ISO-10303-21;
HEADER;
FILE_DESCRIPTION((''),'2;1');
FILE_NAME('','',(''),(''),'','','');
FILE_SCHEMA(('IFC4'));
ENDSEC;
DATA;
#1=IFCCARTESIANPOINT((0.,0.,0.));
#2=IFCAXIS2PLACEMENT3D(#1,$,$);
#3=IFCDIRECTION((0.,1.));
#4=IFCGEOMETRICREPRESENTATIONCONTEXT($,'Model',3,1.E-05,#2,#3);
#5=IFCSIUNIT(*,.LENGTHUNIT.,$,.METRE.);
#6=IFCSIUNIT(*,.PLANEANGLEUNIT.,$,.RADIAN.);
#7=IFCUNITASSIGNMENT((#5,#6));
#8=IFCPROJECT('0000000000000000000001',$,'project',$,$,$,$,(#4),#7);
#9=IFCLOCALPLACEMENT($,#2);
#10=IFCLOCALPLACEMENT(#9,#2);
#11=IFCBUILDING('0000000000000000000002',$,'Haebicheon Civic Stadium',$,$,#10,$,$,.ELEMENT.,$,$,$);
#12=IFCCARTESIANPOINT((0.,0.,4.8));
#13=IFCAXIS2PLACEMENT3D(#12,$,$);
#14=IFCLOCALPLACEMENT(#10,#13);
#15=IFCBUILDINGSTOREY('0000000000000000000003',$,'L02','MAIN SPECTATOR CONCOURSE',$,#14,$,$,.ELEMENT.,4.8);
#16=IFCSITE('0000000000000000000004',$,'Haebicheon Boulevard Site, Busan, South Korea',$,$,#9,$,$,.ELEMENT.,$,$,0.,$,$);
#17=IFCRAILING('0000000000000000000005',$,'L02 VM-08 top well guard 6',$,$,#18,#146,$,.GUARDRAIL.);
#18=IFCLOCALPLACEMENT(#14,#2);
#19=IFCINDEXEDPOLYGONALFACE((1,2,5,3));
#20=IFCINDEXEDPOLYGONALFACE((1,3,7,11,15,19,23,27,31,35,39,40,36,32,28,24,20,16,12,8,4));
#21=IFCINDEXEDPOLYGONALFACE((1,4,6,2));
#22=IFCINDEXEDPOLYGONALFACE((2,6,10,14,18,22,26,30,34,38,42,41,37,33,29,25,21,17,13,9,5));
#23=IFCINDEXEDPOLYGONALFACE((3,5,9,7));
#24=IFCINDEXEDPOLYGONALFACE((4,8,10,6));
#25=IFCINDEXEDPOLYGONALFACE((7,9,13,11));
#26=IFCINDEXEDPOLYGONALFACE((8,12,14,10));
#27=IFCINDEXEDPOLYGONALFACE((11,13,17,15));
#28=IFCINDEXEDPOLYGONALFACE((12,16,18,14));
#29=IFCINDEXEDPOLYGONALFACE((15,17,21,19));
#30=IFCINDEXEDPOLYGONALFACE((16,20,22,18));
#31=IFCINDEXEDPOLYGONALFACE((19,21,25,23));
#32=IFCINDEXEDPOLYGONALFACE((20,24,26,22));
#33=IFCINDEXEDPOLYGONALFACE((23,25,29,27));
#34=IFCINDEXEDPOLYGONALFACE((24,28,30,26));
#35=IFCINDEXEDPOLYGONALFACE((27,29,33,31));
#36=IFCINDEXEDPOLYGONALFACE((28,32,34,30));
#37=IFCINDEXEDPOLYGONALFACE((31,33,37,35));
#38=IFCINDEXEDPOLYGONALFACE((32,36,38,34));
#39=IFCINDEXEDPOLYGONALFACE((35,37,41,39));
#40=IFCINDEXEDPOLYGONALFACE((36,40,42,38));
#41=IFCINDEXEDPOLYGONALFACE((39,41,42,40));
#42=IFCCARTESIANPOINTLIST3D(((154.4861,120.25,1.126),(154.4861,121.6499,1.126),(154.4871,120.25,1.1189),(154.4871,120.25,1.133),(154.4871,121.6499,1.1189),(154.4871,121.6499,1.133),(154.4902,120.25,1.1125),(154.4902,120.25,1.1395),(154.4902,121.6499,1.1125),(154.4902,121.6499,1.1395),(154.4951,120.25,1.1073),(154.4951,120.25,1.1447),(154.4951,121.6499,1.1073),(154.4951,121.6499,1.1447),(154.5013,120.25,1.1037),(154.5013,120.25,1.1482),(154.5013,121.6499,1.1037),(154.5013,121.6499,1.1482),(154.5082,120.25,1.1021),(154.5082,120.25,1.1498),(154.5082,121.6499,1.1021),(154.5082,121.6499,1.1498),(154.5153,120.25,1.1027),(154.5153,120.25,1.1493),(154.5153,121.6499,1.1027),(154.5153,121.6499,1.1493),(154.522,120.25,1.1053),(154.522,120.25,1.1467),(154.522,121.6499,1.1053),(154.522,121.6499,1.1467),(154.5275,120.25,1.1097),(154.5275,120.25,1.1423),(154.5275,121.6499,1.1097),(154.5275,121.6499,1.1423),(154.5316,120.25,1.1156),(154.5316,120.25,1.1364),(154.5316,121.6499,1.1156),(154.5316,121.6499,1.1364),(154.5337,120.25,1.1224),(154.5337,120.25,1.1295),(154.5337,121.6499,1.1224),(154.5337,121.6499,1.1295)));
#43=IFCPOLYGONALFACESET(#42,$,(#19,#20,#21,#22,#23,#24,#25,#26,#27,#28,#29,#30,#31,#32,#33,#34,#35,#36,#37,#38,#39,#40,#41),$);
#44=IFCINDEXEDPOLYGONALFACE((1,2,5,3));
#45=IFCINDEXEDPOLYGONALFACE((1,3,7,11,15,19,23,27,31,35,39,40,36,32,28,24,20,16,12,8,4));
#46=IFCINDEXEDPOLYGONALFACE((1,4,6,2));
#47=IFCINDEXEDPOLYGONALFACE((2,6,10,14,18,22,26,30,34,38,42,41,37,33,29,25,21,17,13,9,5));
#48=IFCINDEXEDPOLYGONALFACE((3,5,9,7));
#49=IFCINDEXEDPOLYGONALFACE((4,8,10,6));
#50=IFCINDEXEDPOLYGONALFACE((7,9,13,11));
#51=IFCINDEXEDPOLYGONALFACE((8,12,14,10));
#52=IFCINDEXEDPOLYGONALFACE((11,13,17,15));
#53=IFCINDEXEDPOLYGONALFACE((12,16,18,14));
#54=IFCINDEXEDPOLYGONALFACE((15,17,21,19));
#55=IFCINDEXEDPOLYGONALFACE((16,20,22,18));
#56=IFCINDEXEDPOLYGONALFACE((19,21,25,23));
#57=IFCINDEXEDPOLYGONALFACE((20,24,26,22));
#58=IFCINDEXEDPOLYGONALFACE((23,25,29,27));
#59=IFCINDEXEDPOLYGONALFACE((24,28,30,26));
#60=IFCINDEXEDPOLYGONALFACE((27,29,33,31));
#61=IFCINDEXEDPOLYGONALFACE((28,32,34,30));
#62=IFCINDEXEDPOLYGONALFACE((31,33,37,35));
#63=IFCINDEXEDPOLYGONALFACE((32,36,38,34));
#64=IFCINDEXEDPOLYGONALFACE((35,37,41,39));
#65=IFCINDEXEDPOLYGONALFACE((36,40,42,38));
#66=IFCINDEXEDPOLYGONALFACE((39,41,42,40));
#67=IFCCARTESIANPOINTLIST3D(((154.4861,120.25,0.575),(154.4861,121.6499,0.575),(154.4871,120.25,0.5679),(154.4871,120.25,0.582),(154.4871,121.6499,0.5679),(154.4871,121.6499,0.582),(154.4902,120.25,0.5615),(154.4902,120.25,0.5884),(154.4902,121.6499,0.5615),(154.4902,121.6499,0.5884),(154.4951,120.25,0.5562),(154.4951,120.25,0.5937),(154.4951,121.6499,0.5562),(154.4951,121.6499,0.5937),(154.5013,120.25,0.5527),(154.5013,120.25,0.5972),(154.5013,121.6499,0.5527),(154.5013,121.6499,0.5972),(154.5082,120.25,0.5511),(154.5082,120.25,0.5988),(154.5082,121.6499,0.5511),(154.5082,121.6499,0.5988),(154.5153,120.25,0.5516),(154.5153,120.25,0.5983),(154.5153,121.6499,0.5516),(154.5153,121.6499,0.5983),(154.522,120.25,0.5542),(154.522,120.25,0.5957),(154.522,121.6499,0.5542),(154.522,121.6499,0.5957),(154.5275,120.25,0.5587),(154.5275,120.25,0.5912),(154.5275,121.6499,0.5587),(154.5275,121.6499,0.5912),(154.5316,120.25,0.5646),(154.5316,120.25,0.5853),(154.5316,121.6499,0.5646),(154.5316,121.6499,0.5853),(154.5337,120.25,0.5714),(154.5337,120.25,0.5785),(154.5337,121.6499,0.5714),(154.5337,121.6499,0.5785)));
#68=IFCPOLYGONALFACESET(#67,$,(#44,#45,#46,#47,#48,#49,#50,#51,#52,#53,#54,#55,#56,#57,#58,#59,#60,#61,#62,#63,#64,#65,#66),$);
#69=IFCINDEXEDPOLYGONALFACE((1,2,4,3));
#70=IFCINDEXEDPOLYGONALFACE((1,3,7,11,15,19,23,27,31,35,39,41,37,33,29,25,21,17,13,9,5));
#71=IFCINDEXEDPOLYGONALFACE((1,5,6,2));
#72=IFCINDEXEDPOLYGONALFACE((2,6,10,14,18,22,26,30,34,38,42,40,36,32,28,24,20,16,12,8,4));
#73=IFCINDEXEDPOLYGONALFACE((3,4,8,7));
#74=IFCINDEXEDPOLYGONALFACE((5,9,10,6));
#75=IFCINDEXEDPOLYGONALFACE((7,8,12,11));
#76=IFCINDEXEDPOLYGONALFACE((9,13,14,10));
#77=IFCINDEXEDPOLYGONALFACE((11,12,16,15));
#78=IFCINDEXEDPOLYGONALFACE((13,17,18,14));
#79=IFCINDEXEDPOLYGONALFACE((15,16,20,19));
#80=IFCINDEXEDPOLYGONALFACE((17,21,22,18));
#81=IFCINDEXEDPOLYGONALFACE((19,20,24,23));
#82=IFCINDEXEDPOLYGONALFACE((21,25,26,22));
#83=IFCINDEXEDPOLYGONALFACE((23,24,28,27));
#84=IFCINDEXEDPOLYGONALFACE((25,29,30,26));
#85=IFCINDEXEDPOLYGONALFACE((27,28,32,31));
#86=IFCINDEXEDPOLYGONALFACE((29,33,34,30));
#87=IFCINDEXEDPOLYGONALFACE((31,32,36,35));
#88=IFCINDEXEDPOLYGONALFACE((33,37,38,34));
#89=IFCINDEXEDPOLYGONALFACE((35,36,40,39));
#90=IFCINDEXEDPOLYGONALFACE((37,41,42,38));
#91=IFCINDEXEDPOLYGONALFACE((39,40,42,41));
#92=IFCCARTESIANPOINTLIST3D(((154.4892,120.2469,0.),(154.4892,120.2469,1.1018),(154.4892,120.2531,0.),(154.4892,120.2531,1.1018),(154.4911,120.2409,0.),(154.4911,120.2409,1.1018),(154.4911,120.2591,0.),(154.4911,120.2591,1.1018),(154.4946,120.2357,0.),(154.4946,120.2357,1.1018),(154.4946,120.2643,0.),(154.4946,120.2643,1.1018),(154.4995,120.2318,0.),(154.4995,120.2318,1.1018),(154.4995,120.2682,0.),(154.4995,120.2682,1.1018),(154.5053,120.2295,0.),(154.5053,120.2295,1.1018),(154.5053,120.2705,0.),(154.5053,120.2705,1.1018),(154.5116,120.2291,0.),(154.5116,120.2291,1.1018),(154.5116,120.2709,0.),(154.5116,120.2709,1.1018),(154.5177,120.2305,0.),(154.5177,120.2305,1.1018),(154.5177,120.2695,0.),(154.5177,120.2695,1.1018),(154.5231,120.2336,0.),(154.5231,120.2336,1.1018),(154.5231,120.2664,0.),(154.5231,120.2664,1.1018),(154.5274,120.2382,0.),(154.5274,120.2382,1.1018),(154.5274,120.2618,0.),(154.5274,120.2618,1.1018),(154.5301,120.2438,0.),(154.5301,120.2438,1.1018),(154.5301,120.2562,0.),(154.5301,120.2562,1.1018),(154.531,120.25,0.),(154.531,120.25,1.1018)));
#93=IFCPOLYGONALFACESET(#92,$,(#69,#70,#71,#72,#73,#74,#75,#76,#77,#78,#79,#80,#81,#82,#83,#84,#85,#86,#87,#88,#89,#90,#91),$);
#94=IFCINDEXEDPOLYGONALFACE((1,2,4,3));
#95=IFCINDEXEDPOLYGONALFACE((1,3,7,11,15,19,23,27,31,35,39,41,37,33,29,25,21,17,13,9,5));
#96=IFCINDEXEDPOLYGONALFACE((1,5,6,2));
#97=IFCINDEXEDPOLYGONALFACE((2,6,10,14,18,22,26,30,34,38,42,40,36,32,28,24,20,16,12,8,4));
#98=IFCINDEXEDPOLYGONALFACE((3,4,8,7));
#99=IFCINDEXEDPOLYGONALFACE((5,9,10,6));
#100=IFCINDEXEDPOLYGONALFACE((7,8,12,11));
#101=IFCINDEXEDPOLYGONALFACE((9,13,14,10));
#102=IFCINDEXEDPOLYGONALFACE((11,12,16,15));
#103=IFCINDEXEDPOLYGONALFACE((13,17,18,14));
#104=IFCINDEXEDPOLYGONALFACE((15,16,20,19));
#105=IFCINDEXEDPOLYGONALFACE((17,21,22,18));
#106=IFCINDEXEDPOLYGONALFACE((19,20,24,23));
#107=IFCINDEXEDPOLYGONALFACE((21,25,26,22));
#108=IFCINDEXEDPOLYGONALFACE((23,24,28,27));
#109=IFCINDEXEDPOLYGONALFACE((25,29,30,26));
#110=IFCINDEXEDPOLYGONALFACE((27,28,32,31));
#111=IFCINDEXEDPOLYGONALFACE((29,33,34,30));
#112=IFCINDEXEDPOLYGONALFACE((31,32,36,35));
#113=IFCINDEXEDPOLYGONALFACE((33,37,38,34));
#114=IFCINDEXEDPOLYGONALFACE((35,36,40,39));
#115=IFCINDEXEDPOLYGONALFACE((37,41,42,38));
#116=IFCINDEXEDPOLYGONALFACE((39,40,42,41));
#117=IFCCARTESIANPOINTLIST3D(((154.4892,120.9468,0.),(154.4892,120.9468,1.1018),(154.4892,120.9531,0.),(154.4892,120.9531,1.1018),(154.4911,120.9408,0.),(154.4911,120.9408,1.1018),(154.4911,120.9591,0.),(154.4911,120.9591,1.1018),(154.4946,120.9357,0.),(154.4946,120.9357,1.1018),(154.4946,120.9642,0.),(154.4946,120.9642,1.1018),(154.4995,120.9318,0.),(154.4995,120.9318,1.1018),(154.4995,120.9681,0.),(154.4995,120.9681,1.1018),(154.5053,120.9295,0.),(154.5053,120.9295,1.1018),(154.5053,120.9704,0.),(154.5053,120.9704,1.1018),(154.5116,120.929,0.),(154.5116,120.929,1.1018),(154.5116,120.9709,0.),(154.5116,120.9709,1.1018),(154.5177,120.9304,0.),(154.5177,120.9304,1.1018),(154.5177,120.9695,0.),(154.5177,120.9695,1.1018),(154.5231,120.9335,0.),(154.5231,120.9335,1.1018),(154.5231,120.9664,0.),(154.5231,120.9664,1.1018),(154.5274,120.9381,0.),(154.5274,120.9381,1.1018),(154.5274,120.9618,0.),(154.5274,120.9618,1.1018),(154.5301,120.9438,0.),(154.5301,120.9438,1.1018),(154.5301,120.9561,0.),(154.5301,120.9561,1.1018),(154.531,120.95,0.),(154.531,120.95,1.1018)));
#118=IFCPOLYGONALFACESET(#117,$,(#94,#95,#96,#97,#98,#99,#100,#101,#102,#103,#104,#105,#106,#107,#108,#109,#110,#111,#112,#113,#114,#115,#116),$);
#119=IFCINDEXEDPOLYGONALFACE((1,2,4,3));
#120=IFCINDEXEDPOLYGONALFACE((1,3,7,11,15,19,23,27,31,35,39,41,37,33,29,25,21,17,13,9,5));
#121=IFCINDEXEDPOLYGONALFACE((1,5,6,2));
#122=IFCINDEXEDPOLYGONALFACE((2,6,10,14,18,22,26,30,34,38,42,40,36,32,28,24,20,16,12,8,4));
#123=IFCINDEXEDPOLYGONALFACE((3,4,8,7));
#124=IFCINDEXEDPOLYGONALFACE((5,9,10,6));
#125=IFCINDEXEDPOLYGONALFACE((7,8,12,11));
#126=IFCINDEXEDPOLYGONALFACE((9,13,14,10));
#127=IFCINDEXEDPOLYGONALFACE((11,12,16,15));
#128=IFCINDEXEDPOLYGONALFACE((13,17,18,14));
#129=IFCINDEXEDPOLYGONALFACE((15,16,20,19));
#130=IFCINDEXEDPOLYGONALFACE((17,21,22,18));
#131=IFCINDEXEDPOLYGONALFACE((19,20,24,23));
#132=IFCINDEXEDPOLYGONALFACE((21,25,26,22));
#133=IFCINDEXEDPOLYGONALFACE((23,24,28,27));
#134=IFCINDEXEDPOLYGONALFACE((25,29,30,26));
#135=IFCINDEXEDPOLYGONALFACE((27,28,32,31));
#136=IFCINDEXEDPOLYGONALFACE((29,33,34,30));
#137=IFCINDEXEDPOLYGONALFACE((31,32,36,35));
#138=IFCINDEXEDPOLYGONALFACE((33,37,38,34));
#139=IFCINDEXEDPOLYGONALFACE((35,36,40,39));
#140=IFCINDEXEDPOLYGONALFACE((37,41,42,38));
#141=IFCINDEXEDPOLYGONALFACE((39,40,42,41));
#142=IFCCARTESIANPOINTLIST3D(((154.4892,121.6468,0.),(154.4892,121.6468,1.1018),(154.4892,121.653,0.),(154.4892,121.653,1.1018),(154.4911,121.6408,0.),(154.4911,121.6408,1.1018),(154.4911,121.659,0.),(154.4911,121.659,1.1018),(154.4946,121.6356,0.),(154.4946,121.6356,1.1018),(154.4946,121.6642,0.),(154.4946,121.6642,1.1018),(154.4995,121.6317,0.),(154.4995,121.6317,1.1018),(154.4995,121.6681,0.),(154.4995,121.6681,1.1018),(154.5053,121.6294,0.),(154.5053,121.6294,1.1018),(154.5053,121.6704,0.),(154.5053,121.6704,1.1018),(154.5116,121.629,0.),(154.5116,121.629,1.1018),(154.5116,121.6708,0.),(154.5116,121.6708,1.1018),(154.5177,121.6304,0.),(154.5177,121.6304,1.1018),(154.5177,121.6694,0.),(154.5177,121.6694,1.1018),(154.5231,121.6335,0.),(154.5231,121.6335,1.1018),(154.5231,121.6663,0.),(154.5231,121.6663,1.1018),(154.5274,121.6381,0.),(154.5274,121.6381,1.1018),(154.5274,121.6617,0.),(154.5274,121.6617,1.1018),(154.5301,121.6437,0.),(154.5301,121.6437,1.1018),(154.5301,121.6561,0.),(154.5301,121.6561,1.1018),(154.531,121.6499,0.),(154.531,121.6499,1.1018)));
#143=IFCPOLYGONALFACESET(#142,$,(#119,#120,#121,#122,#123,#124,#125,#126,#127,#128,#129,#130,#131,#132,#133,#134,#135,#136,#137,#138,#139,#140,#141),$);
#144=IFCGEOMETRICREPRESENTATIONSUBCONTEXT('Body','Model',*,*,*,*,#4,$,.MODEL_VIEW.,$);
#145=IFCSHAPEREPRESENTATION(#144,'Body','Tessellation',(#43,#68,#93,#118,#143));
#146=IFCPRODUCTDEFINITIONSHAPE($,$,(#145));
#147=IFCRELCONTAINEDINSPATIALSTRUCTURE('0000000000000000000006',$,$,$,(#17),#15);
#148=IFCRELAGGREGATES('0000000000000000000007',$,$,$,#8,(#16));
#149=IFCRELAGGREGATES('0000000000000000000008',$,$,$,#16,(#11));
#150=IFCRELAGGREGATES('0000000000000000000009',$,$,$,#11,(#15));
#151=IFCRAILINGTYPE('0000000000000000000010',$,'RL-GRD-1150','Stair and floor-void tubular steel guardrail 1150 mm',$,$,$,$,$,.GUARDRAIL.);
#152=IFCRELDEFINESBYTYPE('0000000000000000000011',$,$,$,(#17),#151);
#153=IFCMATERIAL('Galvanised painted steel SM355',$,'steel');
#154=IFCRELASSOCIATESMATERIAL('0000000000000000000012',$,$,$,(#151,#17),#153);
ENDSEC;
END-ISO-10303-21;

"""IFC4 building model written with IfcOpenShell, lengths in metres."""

from ifc_helpers import new_model, si_unit, direction, frame, origin, origin_2d, place, context, subcontext, project, spatial, circle, extrude, material, type_object, element, save


model = new_model("IFC4")

# Units and contexts
model_context = context("Model", 3, precision=1e-05, world=origin(), true_north=direction((0.0, 1.0)))
body_context = subcontext(model_context, "Body", "Model", "MODEL_VIEW")
ifc_project = project(units=[si_unit("LENGTHUNIT", "METRE"), si_unit("PLANEANGLEUNIT", "RADIAN")], contexts=[model_context])

# Site, building, storey
site_placement = place(None, origin())
site = spatial("IfcSite", under=ifc_project, at=site_placement, Name="Haebicheon Boulevard Site, Busan, South Korea", CompositionType="ELEMENT", RefElevation=0.0)
building_placement = place(site_placement, origin())
building = spatial("IfcBuilding", under=site, at=building_placement, Name="Haebicheon Civic Stadium", CompositionType="ELEMENT")
storey_placement = place(building_placement, frame((0.0, 0.0, 4.8)))
storey = spatial("IfcBuildingStorey", under=building, at=storey_placement, Name="L02", Description="MAIN SPECTATOR CONCOURSE", CompositionType="ELEMENT", Elevation=4.8)

# Railing
ifc_material_1 = material(Name="Galvanised painted steel SM355", Category="steel")
railing_type_1 = type_object("IfcRailingType", Name="RL-GRD-1150", Description="Stair and floor-void tubular steel guardrail 1150 mm", PredefinedType="GUARDRAIL", material=ifc_material_1)
for number, where, name in (
    (1, (154.51, 120.25, 0.0), "L02 VM-08 top well guard 6"),
):
    element("IfcRailing", number, at=place(storey_placement, frame(where)), inside=storey, type_object=railing_type_1, material=ifc_material_1, Name=name, PredefinedType="GUARDRAIL", context=body_context, shape_type="SweptSolid", body=[
        extrude(circle(Radius=0.0239, at=origin_2d()), frame((0.0, 0.0, 1.126), z_axis=(0.0, 1.0, 0.0), x_axis=(-1.0, 0.0, 0.0)), (0.0, 0.0, 1.0), 1.3999),
        extrude(circle(Radius=0.0239, at=origin_2d()), frame((0.0, 0.0, 0.575), z_axis=(0.0, 1.0, 0.0), x_axis=(-1.0, 0.0, 0.0)), (0.0, 0.0, 1.0), 1.3999),
        extrude(circle(Radius=0.021, at=origin_2d()), origin(), (0.0, 0.0, 1.0), 1.1018),
        extrude(circle(Radius=0.021, at=origin_2d()), frame((0.0, 0.7, 0.0)), (0.0, 0.0, 1.0), 1.1018),
        extrude(circle(Radius=0.021, at=origin_2d()), frame((0.0, 1.3999, 0.0)), (0.0, 0.0, 1.0), 1.1018),
    ])

save(model, "model.ifc")
